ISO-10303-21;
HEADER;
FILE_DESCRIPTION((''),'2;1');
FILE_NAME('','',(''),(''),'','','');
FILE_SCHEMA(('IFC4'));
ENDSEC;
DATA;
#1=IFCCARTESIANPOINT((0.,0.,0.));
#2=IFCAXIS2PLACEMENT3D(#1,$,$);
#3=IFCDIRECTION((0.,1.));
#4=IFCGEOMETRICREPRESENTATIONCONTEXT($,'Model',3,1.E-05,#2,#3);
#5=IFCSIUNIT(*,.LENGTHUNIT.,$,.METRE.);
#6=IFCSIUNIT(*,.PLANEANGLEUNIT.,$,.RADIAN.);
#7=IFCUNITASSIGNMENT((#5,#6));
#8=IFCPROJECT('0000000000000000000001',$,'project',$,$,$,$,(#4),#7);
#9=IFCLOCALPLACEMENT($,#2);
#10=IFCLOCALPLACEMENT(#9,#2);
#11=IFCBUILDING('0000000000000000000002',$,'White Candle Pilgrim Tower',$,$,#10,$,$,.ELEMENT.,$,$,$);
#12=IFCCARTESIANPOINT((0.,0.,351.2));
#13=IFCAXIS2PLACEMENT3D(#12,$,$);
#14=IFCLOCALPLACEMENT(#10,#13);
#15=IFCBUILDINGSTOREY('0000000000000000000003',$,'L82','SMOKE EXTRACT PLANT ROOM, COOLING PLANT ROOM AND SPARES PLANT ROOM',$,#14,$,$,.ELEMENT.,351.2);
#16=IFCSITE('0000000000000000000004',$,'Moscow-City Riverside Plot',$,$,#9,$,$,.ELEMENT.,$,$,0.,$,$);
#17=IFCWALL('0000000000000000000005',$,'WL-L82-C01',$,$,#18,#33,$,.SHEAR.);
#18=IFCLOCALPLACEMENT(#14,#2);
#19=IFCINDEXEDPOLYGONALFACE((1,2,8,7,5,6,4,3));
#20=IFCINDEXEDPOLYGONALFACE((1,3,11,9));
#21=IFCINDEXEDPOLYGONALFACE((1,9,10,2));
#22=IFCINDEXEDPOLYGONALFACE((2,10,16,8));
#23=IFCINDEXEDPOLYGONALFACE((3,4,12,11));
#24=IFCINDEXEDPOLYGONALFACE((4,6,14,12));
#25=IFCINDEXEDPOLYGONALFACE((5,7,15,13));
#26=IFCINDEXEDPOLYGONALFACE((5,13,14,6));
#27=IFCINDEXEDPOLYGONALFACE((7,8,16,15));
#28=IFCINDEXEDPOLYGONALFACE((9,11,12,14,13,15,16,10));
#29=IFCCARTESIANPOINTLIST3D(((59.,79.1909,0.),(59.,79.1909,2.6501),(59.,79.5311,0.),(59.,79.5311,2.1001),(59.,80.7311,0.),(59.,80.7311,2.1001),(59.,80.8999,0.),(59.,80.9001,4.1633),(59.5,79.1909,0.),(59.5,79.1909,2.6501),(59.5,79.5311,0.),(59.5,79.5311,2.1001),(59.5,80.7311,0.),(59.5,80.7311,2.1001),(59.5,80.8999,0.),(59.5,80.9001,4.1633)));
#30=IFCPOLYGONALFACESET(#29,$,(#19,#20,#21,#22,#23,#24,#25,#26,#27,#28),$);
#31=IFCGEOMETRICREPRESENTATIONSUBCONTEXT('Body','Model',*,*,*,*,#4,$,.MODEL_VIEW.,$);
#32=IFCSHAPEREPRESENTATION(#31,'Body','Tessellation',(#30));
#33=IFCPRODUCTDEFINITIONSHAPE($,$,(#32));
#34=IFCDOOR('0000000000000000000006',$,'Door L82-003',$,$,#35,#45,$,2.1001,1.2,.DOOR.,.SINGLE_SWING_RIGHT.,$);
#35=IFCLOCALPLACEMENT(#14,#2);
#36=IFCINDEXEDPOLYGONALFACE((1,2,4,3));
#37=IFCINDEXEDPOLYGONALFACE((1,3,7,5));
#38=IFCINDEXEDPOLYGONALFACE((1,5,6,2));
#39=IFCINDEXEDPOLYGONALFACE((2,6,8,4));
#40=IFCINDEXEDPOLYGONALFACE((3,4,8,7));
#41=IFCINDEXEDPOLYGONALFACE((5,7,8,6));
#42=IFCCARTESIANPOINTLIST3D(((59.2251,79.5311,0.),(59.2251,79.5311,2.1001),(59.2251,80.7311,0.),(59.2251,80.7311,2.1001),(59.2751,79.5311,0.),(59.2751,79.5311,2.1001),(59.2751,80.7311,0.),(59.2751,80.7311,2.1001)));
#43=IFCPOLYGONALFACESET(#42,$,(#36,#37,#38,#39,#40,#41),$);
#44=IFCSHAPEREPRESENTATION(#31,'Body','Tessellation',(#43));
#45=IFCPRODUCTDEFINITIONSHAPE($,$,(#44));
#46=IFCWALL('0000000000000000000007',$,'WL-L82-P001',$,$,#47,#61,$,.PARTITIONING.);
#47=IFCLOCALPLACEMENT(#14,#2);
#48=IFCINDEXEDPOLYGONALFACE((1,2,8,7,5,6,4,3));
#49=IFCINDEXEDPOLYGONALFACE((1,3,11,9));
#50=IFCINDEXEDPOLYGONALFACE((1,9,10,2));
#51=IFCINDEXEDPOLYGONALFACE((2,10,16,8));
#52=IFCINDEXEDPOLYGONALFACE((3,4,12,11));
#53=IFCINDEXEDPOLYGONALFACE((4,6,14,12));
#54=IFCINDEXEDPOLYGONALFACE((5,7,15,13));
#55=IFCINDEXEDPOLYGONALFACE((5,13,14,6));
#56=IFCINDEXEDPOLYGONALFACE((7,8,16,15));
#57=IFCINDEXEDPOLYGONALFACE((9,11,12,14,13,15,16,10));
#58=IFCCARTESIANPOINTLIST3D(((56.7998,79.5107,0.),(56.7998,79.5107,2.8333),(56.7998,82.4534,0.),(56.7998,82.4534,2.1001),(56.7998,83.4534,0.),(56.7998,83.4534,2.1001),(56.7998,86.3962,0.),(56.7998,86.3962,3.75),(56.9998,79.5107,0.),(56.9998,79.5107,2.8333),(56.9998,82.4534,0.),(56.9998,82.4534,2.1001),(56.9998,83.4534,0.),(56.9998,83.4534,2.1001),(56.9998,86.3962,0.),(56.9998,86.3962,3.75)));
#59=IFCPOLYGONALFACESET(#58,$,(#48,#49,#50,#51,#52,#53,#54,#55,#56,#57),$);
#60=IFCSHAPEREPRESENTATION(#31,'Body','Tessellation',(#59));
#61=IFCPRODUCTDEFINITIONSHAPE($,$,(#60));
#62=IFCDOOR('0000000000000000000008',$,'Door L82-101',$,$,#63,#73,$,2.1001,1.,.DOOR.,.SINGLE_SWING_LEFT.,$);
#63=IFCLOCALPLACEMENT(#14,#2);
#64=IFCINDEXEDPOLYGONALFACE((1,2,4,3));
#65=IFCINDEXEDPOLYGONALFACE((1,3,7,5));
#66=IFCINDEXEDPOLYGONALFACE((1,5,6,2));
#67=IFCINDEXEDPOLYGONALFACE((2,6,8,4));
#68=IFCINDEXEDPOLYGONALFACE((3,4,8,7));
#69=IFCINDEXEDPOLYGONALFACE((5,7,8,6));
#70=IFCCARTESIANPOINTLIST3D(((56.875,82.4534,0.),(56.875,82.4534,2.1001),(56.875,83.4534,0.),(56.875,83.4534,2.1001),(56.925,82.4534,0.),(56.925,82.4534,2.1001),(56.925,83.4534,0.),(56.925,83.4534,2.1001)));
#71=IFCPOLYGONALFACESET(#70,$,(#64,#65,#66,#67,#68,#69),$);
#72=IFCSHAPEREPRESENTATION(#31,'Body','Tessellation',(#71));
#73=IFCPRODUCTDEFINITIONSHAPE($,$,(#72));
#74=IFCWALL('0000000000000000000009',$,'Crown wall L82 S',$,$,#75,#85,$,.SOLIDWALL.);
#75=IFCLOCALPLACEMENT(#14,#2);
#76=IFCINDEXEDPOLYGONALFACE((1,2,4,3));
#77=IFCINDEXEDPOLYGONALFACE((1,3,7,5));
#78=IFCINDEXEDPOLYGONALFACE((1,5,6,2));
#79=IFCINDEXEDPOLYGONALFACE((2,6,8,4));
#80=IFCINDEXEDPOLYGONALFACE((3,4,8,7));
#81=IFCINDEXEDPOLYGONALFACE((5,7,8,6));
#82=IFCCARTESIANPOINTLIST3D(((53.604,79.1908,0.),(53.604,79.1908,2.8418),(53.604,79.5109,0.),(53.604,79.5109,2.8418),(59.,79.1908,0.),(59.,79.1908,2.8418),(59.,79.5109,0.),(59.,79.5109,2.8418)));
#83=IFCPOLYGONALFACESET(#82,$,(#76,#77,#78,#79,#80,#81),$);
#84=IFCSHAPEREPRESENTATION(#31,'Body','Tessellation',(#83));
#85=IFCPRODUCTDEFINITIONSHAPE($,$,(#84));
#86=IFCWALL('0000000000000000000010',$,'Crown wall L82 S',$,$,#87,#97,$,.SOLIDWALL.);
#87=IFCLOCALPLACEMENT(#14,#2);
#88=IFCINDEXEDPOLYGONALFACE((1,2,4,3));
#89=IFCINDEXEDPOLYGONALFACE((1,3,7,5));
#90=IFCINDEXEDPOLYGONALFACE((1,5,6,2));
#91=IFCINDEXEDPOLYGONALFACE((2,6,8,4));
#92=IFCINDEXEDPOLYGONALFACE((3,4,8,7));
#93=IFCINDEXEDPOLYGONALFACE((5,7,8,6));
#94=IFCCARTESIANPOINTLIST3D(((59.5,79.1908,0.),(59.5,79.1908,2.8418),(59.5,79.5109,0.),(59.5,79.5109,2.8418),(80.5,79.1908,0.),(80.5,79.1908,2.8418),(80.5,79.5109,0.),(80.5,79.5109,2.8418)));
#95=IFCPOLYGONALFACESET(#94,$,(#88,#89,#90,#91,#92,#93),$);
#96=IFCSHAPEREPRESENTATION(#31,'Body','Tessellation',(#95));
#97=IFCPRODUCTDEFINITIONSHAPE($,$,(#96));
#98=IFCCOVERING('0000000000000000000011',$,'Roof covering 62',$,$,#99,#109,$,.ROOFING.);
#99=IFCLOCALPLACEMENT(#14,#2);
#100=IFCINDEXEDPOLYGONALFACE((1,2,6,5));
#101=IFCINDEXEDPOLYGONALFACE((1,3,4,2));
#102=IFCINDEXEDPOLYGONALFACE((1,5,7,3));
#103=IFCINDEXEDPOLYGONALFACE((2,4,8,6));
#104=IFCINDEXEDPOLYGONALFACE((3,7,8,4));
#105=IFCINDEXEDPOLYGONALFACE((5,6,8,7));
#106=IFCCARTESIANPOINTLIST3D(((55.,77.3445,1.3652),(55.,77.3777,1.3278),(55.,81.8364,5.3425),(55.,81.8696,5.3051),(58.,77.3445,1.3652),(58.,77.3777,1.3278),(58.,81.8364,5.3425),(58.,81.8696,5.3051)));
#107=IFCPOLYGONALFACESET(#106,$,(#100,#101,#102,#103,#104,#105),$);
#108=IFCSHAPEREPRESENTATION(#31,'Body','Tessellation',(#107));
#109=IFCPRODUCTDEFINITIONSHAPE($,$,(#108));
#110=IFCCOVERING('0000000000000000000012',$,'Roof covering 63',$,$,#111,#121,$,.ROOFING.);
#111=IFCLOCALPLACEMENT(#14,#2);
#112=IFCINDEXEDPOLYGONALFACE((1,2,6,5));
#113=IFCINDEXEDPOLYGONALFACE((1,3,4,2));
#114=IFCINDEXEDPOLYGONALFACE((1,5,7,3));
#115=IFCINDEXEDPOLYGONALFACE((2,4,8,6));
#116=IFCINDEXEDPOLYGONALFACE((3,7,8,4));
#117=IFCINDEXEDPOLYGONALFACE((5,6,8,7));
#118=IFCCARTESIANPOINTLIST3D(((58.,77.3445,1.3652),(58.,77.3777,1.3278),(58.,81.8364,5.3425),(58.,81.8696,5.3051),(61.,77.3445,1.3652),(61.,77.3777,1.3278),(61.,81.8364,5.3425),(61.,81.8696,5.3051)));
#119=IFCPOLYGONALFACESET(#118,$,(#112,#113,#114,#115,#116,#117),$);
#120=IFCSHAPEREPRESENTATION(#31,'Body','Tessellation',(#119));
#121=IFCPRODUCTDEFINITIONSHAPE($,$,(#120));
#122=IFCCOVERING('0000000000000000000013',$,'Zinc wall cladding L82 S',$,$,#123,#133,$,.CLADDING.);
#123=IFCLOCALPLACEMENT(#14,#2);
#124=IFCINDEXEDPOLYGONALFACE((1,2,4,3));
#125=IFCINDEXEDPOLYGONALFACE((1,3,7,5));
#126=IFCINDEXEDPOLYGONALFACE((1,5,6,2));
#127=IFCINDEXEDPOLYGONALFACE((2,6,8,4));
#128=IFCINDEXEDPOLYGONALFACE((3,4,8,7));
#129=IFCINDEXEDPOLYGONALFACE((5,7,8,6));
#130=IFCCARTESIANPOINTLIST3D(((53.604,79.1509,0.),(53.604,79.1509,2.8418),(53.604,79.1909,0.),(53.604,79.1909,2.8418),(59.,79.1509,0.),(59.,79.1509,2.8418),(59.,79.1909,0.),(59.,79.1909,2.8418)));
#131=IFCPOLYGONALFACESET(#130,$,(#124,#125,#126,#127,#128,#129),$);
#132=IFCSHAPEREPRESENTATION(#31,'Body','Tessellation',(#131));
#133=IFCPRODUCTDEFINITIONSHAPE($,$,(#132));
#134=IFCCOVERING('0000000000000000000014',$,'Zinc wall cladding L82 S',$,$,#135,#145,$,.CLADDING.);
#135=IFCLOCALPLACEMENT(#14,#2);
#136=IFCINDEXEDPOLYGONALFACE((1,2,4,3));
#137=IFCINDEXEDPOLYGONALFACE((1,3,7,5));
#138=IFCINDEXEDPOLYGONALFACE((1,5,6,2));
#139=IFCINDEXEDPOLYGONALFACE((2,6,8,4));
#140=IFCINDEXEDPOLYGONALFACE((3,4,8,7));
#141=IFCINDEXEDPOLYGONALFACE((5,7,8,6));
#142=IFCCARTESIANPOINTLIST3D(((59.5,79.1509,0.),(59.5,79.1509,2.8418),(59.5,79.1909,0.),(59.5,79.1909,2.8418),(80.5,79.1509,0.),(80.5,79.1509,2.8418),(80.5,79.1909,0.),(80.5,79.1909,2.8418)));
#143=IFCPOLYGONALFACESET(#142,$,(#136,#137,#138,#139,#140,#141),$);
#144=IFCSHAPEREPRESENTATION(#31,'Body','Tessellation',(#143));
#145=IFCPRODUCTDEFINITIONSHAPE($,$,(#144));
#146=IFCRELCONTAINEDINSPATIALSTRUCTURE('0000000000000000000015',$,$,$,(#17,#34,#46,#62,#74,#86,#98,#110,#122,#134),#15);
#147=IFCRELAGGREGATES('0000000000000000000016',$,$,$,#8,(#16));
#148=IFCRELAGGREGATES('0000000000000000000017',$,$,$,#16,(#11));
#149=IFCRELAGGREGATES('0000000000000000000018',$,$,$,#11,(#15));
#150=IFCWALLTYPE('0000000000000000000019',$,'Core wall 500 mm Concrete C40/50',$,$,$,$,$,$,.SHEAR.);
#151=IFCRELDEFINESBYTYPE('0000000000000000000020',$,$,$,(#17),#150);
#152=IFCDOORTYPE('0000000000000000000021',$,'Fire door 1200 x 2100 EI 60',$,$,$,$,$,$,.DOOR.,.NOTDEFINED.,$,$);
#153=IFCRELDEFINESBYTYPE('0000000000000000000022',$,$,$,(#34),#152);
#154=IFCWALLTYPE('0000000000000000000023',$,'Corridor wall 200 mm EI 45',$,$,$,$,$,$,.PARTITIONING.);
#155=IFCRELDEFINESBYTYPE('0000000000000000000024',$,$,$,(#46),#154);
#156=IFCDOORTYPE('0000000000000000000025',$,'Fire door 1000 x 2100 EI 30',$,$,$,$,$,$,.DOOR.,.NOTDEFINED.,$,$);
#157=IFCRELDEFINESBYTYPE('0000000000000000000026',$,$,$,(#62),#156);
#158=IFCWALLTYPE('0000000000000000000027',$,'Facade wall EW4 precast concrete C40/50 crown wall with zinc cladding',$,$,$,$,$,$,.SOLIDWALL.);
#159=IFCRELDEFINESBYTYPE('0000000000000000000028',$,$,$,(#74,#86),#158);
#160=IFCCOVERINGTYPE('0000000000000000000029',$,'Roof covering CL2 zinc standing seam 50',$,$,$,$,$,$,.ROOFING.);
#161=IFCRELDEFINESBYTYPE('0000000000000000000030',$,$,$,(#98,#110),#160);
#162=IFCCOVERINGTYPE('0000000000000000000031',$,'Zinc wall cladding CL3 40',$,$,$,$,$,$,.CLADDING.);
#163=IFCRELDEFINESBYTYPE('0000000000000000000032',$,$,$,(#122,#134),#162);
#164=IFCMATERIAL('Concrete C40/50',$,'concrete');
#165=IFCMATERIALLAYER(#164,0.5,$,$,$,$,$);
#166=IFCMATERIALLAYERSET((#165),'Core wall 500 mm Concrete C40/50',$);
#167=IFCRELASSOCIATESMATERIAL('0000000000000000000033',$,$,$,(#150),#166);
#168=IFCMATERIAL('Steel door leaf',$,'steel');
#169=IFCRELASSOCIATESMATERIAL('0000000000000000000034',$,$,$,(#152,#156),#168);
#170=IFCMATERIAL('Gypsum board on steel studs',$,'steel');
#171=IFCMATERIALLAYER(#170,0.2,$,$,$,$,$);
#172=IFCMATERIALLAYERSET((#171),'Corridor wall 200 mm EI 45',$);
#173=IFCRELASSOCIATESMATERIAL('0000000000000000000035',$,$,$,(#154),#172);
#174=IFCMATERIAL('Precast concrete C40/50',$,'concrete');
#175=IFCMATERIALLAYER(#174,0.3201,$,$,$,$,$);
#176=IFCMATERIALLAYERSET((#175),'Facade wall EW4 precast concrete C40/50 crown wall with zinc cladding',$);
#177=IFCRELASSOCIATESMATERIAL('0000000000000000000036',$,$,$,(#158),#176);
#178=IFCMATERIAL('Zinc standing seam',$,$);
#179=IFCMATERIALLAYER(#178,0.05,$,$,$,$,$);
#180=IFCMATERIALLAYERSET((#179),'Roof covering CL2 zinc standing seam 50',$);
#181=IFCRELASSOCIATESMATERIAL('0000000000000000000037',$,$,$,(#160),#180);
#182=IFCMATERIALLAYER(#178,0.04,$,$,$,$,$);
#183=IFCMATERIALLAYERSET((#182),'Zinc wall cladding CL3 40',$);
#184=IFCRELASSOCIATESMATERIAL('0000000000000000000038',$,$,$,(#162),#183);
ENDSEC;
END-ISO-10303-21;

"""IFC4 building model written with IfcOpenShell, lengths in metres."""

from ifc_helpers import new_model, si_unit, direction, frame, frame_2d, origin, place, context, subcontext, project, spatial, polyline, rectangle, outline, extrude, material, layer, layer_set, type_object, element, fill, save


model = new_model("IFC4")

# Units and contexts
model_context = context("Model", 3, precision=1e-05, world=origin(), true_north=direction((0.0, 1.0)))
body_context = subcontext(model_context, "Body", "Model", "MODEL_VIEW")
ifc_project = project(units=[si_unit("LENGTHUNIT", "METRE"), si_unit("PLANEANGLEUNIT", "RADIAN")], contexts=[model_context])

# Site, building, storey
site_placement = place(None, origin())
site = spatial("IfcSite", under=ifc_project, at=site_placement, Name="Moscow-City Riverside Plot", CompositionType="ELEMENT", RefElevation=0.0)
building_placement = place(site_placement, origin())
building = spatial("IfcBuilding", under=site, at=building_placement, Name="White Candle Pilgrim Tower", CompositionType="ELEMENT")
storey_placement = place(building_placement, frame((0.0, 0.0, 351.2)))
storey = spatial("IfcBuildingStorey", under=building, at=storey_placement, Name="L82", Description="SMOKE EXTRACT PLANT ROOM, COOLING PLANT ROOM AND SPARES PLANT ROOM", CompositionType="ELEMENT", Elevation=351.2)

# Shared definitions
ifc_material_1 = material(Name="Concrete C40/50", Category="concrete")

# Shared definitions
ifc_material_2 = material(Name="Steel door leaf", Category="steel")

# Walls, openings, doors
ifc_layer_1 = layer(ifc_material_1, 0.5)
ifc_layer_set_1 = layer_set([ifc_layer_1], Name="Core wall 500 mm Concrete C40/50")
wall_type_1 = type_object("IfcWallType", Name="Core wall 500 mm Concrete C40/50", PredefinedType="SHEAR", material=ifc_layer_set_1)
wall_1_placement = place(storey_placement, frame((59.25, 79.1909, 0.0), z_axis=(0.0, 0.0, 1.0), x_axis=(0.0, 1.0, 0.0)))
wall_1 = element("IfcWall", 1, at=wall_1_placement, inside=storey, type_object=wall_type_1, Name="WL-L82-C01", PredefinedType="SHEAR", context=body_context, shape_type="SweptSolid", body=[
    extrude(outline(polyline([(0.0, 0.0), (1.709, 0.0), (1.7092, 4.1633), (0.0, 2.6501), (0.0, 0.0)])), frame((0.0, 0.25, 0.0), z_axis=(0.0, -1.0, 0.0), x_axis=(1.0, 0.0, 0.0)), (0.0, 0.0, 1.0), 0.5),
])
opening_1_placement = place(wall_1_placement, frame((0.3401, 0.0, 0.0)))
opening_1 = element("IfcOpeningElement", 2, at=opening_1_placement, cuts=wall_1, PredefinedType="OPENING", context=body_context, shape_type="SweptSolid", body=[
    extrude(rectangle(XDim=1.2, YDim=2.1001, at=frame_2d((0.6001, 1.05))), frame((0.0, 0.26, 0.0), z_axis=(0.0, -1.0, 0.0), x_axis=(1.0, 0.0, 0.0)), (0.0, 0.0, 1.0), 0.52),
])
door_type_1 = type_object("IfcDoorType", Name="Fire door 1200 x 2100 EI 60", OperationType="NOTDEFINED", PredefinedType="DOOR", material=ifc_material_2)
door_1_placement = place(opening_1_placement, origin())
door_1 = element("IfcDoor", 3, at=door_1_placement, inside=storey, type_object=door_type_1, Name="Door L82-003", OperationType="SINGLE_SWING_RIGHT", OverallHeight=2.1001, OverallWidth=1.2, PredefinedType="DOOR", context=body_context, shape_type="SweptSolid", body=[
    extrude(rectangle(XDim=1.2, YDim=2.1001, at=frame_2d((0.6001, 1.05))), frame((0.0, 0.0249, 0.0), z_axis=(0.0, -1.0, 0.0), x_axis=(1.0, 0.0, 0.0)), (0.0, 0.0, 1.0), 0.05),
])
fill(opening_1, door_1)
ifc_material_3 = material(Name="Gypsum board on steel studs", Category="steel")
ifc_layer_2 = layer(ifc_material_3, 0.2)
ifc_layer_set_2 = layer_set([ifc_layer_2], Name="Corridor wall 200 mm EI 45")
wall_type_2 = type_object("IfcWallType", Name="Corridor wall 200 mm EI 45", PredefinedType="PARTITIONING", material=ifc_layer_set_2)
wall_2_placement = place(storey_placement, frame((56.8999, 79.5107, 0.0), z_axis=(0.0, 0.0, 1.0), x_axis=(0.0, 1.0, 0.0)))
wall_2 = element("IfcWall", 4, at=wall_2_placement, inside=storey, type_object=wall_type_2, Name="WL-L82-P001", PredefinedType="PARTITIONING", context=body_context, shape_type="SweptSolid", body=[
    extrude(outline(polyline([(0.0, 0.0), (6.8855, 0.0), (6.8855, 3.75), (0.0, 2.8333), (0.0, 0.0)])), frame((0.0, 0.1001, 0.0), z_axis=(0.0, -1.0, 0.0), x_axis=(1.0, 0.0, 0.0)), (0.0, 0.0, 1.0), 0.2),
])
opening_2_placement = place(wall_2_placement, frame((2.9426, 0.0, 0.0)))
opening_2 = element("IfcOpeningElement", 5, at=opening_2_placement, cuts=wall_2, PredefinedType="OPENING", context=body_context, shape_type="SweptSolid", body=[
    extrude(rectangle(XDim=1.0, YDim=2.1001, at=frame_2d((0.5, 1.05))), frame((0.0, 0.1099, 0.0), z_axis=(0.0, -1.0, 0.0), x_axis=(1.0, 0.0, 0.0)), (0.0, 0.0, 1.0), 0.22),
])
door_type_2 = type_object("IfcDoorType", Name="Fire door 1000 x 2100 EI 30", OperationType="NOTDEFINED", PredefinedType="DOOR", material=ifc_material_2)
door_2_placement = place(opening_2_placement, origin())
door_2 = element("IfcDoor", 6, at=door_2_placement, inside=storey, type_object=door_type_2, Name="Door L82-101", OperationType="SINGLE_SWING_LEFT", OverallHeight=2.1001, OverallWidth=1.0, PredefinedType="DOOR", context=body_context, shape_type="SweptSolid", body=[
    extrude(rectangle(XDim=1.0, YDim=2.1001, at=frame_2d((0.5, 1.05))), frame((0.0, 0.0249, 0.0), z_axis=(0.0, -1.0, 0.0), x_axis=(1.0, 0.0, 0.0)), (0.0, 0.0, 1.0), 0.05),
])
fill(opening_2, door_2)

# Walls
ifc_material_4 = material(Name="Precast concrete C40/50", Category="concrete")
ifc_layer_3 = layer(ifc_material_4, 0.3201)
ifc_layer_set_3 = layer_set([ifc_layer_3], Name="Facade wall EW4 precast concrete C40/50 crown wall with zinc cladding")
wall_type_3 = type_object("IfcWallType", Name="Facade wall EW4 precast concrete C40/50 crown wall with zinc cladding", PredefinedType="SOLIDWALL", material=ifc_layer_set_3)
wall_3_placement = place(storey_placement, frame((53.604, 79.3508, 0.0), z_axis=(0.0, 0.0, 1.0), x_axis=(1.0, 0.0, 0.0)))
element("IfcWall", 7, at=wall_3_placement, inside=storey, type_object=wall_type_3, Name="Crown wall L82 S", PredefinedType="SOLIDWALL", context=body_context, shape_type="SweptSolid", body=[
    extrude(rectangle(XDim=5.396, YDim=0.3201, at=frame_2d((2.698, 0.0))), origin(), (0.0, 0.0, 1.0), 2.8418),
])
wall_4_placement = place(storey_placement, frame((59.5, 79.3508, 0.0), z_axis=(0.0, 0.0, 1.0), x_axis=(1.0, 0.0, 0.0)))
element("IfcWall", 8, at=wall_4_placement, inside=storey, type_object=wall_type_3, Name="Crown wall L82 S", PredefinedType="SOLIDWALL", context=body_context, shape_type="SweptSolid", body=[
    extrude(rectangle(XDim=21.0, YDim=0.3201, at=frame_2d((10.5, 0.0))), origin(), (0.0, 0.0, 1.0), 2.8418),
])

# Coverings
ifc_material_5 = material(Name="Zinc standing seam")
ifc_layer_4 = layer(ifc_material_5, 0.05)
ifc_layer_set_4 = layer_set([ifc_layer_4], Name="Roof covering CL2 zinc standing seam 50")
covering_type_1 = type_object("IfcCoveringType", Name="Roof covering CL2 zinc standing seam 50", PredefinedType="ROOFING", material=ifc_layer_set_4)
for number, where, z_axis, x_axis, name in (
    (9, (55.0, 77.3445, 1.3652), (0.0, -0.662915, 0.748694), (0.0, 0.748694, 0.662915), "Roof covering 62"),
    (10, (58.0, 77.3445, 1.3652), (0.0, -0.662915, 0.748694), (0.0, 0.748694, 0.662915), "Roof covering 63"),
):
    element("IfcCovering", number, at=place(storey_placement, frame(where, z_axis=z_axis, x_axis=x_axis)), inside=storey, type_object=covering_type_1, Name=name, PredefinedType="ROOFING", context=body_context, shape_type="SweptSolid", body=[
        extrude(outline(polyline([(0.0, 0.0), (5.9997, 0.0), (5.9997, -3.0), (0.0, -3.0), (0.0, 0.0)])), origin(), (0.0, 0.0, -1.0), 0.05),
    ])
ifc_layer_5 = layer(ifc_material_5, 0.04)
ifc_layer_set_5 = layer_set([ifc_layer_5], Name="Zinc wall cladding CL3 40")
covering_type_2 = type_object("IfcCoveringType", Name="Zinc wall cladding CL3 40", PredefinedType="CLADDING", material=ifc_layer_set_5)
covering_1_placement = place(storey_placement, frame((53.604, 79.1909, 2.8418), z_axis=(0.0, 1.0, 0.0), x_axis=(1.0, 0.0, 0.0)))
element("IfcCovering", 11, at=covering_1_placement, inside=storey, type_object=covering_type_2, Name="Zinc wall cladding L82 S", PredefinedType="CLADDING", context=body_context, shape_type="SweptSolid", body=[
    extrude(outline(polyline([(0.0, 0.0), (5.396, 0.0), (5.396, 2.8418), (0.0, 2.8418), (0.0, 0.0)])), origin(), (0.0, 0.0, -1.0), 0.04),
])
covering_2_placement = place(storey_placement, frame((59.5, 79.1909, 2.8418), z_axis=(0.0, 1.0, 0.0), x_axis=(1.0, 0.0, 0.0)))
element("IfcCovering", 12, at=covering_2_placement, inside=storey, type_object=covering_type_2, Name="Zinc wall cladding L82 S", PredefinedType="CLADDING", context=body_context, shape_type="SweptSolid", body=[
    extrude(outline(polyline([(0.0, 0.0), (21.0, 0.0), (21.0, 2.8418), (0.0, 2.8418), (0.0, 0.0)])), origin(), (0.0, 0.0, -1.0), 0.04),
])

save(model, "model.ifc")
